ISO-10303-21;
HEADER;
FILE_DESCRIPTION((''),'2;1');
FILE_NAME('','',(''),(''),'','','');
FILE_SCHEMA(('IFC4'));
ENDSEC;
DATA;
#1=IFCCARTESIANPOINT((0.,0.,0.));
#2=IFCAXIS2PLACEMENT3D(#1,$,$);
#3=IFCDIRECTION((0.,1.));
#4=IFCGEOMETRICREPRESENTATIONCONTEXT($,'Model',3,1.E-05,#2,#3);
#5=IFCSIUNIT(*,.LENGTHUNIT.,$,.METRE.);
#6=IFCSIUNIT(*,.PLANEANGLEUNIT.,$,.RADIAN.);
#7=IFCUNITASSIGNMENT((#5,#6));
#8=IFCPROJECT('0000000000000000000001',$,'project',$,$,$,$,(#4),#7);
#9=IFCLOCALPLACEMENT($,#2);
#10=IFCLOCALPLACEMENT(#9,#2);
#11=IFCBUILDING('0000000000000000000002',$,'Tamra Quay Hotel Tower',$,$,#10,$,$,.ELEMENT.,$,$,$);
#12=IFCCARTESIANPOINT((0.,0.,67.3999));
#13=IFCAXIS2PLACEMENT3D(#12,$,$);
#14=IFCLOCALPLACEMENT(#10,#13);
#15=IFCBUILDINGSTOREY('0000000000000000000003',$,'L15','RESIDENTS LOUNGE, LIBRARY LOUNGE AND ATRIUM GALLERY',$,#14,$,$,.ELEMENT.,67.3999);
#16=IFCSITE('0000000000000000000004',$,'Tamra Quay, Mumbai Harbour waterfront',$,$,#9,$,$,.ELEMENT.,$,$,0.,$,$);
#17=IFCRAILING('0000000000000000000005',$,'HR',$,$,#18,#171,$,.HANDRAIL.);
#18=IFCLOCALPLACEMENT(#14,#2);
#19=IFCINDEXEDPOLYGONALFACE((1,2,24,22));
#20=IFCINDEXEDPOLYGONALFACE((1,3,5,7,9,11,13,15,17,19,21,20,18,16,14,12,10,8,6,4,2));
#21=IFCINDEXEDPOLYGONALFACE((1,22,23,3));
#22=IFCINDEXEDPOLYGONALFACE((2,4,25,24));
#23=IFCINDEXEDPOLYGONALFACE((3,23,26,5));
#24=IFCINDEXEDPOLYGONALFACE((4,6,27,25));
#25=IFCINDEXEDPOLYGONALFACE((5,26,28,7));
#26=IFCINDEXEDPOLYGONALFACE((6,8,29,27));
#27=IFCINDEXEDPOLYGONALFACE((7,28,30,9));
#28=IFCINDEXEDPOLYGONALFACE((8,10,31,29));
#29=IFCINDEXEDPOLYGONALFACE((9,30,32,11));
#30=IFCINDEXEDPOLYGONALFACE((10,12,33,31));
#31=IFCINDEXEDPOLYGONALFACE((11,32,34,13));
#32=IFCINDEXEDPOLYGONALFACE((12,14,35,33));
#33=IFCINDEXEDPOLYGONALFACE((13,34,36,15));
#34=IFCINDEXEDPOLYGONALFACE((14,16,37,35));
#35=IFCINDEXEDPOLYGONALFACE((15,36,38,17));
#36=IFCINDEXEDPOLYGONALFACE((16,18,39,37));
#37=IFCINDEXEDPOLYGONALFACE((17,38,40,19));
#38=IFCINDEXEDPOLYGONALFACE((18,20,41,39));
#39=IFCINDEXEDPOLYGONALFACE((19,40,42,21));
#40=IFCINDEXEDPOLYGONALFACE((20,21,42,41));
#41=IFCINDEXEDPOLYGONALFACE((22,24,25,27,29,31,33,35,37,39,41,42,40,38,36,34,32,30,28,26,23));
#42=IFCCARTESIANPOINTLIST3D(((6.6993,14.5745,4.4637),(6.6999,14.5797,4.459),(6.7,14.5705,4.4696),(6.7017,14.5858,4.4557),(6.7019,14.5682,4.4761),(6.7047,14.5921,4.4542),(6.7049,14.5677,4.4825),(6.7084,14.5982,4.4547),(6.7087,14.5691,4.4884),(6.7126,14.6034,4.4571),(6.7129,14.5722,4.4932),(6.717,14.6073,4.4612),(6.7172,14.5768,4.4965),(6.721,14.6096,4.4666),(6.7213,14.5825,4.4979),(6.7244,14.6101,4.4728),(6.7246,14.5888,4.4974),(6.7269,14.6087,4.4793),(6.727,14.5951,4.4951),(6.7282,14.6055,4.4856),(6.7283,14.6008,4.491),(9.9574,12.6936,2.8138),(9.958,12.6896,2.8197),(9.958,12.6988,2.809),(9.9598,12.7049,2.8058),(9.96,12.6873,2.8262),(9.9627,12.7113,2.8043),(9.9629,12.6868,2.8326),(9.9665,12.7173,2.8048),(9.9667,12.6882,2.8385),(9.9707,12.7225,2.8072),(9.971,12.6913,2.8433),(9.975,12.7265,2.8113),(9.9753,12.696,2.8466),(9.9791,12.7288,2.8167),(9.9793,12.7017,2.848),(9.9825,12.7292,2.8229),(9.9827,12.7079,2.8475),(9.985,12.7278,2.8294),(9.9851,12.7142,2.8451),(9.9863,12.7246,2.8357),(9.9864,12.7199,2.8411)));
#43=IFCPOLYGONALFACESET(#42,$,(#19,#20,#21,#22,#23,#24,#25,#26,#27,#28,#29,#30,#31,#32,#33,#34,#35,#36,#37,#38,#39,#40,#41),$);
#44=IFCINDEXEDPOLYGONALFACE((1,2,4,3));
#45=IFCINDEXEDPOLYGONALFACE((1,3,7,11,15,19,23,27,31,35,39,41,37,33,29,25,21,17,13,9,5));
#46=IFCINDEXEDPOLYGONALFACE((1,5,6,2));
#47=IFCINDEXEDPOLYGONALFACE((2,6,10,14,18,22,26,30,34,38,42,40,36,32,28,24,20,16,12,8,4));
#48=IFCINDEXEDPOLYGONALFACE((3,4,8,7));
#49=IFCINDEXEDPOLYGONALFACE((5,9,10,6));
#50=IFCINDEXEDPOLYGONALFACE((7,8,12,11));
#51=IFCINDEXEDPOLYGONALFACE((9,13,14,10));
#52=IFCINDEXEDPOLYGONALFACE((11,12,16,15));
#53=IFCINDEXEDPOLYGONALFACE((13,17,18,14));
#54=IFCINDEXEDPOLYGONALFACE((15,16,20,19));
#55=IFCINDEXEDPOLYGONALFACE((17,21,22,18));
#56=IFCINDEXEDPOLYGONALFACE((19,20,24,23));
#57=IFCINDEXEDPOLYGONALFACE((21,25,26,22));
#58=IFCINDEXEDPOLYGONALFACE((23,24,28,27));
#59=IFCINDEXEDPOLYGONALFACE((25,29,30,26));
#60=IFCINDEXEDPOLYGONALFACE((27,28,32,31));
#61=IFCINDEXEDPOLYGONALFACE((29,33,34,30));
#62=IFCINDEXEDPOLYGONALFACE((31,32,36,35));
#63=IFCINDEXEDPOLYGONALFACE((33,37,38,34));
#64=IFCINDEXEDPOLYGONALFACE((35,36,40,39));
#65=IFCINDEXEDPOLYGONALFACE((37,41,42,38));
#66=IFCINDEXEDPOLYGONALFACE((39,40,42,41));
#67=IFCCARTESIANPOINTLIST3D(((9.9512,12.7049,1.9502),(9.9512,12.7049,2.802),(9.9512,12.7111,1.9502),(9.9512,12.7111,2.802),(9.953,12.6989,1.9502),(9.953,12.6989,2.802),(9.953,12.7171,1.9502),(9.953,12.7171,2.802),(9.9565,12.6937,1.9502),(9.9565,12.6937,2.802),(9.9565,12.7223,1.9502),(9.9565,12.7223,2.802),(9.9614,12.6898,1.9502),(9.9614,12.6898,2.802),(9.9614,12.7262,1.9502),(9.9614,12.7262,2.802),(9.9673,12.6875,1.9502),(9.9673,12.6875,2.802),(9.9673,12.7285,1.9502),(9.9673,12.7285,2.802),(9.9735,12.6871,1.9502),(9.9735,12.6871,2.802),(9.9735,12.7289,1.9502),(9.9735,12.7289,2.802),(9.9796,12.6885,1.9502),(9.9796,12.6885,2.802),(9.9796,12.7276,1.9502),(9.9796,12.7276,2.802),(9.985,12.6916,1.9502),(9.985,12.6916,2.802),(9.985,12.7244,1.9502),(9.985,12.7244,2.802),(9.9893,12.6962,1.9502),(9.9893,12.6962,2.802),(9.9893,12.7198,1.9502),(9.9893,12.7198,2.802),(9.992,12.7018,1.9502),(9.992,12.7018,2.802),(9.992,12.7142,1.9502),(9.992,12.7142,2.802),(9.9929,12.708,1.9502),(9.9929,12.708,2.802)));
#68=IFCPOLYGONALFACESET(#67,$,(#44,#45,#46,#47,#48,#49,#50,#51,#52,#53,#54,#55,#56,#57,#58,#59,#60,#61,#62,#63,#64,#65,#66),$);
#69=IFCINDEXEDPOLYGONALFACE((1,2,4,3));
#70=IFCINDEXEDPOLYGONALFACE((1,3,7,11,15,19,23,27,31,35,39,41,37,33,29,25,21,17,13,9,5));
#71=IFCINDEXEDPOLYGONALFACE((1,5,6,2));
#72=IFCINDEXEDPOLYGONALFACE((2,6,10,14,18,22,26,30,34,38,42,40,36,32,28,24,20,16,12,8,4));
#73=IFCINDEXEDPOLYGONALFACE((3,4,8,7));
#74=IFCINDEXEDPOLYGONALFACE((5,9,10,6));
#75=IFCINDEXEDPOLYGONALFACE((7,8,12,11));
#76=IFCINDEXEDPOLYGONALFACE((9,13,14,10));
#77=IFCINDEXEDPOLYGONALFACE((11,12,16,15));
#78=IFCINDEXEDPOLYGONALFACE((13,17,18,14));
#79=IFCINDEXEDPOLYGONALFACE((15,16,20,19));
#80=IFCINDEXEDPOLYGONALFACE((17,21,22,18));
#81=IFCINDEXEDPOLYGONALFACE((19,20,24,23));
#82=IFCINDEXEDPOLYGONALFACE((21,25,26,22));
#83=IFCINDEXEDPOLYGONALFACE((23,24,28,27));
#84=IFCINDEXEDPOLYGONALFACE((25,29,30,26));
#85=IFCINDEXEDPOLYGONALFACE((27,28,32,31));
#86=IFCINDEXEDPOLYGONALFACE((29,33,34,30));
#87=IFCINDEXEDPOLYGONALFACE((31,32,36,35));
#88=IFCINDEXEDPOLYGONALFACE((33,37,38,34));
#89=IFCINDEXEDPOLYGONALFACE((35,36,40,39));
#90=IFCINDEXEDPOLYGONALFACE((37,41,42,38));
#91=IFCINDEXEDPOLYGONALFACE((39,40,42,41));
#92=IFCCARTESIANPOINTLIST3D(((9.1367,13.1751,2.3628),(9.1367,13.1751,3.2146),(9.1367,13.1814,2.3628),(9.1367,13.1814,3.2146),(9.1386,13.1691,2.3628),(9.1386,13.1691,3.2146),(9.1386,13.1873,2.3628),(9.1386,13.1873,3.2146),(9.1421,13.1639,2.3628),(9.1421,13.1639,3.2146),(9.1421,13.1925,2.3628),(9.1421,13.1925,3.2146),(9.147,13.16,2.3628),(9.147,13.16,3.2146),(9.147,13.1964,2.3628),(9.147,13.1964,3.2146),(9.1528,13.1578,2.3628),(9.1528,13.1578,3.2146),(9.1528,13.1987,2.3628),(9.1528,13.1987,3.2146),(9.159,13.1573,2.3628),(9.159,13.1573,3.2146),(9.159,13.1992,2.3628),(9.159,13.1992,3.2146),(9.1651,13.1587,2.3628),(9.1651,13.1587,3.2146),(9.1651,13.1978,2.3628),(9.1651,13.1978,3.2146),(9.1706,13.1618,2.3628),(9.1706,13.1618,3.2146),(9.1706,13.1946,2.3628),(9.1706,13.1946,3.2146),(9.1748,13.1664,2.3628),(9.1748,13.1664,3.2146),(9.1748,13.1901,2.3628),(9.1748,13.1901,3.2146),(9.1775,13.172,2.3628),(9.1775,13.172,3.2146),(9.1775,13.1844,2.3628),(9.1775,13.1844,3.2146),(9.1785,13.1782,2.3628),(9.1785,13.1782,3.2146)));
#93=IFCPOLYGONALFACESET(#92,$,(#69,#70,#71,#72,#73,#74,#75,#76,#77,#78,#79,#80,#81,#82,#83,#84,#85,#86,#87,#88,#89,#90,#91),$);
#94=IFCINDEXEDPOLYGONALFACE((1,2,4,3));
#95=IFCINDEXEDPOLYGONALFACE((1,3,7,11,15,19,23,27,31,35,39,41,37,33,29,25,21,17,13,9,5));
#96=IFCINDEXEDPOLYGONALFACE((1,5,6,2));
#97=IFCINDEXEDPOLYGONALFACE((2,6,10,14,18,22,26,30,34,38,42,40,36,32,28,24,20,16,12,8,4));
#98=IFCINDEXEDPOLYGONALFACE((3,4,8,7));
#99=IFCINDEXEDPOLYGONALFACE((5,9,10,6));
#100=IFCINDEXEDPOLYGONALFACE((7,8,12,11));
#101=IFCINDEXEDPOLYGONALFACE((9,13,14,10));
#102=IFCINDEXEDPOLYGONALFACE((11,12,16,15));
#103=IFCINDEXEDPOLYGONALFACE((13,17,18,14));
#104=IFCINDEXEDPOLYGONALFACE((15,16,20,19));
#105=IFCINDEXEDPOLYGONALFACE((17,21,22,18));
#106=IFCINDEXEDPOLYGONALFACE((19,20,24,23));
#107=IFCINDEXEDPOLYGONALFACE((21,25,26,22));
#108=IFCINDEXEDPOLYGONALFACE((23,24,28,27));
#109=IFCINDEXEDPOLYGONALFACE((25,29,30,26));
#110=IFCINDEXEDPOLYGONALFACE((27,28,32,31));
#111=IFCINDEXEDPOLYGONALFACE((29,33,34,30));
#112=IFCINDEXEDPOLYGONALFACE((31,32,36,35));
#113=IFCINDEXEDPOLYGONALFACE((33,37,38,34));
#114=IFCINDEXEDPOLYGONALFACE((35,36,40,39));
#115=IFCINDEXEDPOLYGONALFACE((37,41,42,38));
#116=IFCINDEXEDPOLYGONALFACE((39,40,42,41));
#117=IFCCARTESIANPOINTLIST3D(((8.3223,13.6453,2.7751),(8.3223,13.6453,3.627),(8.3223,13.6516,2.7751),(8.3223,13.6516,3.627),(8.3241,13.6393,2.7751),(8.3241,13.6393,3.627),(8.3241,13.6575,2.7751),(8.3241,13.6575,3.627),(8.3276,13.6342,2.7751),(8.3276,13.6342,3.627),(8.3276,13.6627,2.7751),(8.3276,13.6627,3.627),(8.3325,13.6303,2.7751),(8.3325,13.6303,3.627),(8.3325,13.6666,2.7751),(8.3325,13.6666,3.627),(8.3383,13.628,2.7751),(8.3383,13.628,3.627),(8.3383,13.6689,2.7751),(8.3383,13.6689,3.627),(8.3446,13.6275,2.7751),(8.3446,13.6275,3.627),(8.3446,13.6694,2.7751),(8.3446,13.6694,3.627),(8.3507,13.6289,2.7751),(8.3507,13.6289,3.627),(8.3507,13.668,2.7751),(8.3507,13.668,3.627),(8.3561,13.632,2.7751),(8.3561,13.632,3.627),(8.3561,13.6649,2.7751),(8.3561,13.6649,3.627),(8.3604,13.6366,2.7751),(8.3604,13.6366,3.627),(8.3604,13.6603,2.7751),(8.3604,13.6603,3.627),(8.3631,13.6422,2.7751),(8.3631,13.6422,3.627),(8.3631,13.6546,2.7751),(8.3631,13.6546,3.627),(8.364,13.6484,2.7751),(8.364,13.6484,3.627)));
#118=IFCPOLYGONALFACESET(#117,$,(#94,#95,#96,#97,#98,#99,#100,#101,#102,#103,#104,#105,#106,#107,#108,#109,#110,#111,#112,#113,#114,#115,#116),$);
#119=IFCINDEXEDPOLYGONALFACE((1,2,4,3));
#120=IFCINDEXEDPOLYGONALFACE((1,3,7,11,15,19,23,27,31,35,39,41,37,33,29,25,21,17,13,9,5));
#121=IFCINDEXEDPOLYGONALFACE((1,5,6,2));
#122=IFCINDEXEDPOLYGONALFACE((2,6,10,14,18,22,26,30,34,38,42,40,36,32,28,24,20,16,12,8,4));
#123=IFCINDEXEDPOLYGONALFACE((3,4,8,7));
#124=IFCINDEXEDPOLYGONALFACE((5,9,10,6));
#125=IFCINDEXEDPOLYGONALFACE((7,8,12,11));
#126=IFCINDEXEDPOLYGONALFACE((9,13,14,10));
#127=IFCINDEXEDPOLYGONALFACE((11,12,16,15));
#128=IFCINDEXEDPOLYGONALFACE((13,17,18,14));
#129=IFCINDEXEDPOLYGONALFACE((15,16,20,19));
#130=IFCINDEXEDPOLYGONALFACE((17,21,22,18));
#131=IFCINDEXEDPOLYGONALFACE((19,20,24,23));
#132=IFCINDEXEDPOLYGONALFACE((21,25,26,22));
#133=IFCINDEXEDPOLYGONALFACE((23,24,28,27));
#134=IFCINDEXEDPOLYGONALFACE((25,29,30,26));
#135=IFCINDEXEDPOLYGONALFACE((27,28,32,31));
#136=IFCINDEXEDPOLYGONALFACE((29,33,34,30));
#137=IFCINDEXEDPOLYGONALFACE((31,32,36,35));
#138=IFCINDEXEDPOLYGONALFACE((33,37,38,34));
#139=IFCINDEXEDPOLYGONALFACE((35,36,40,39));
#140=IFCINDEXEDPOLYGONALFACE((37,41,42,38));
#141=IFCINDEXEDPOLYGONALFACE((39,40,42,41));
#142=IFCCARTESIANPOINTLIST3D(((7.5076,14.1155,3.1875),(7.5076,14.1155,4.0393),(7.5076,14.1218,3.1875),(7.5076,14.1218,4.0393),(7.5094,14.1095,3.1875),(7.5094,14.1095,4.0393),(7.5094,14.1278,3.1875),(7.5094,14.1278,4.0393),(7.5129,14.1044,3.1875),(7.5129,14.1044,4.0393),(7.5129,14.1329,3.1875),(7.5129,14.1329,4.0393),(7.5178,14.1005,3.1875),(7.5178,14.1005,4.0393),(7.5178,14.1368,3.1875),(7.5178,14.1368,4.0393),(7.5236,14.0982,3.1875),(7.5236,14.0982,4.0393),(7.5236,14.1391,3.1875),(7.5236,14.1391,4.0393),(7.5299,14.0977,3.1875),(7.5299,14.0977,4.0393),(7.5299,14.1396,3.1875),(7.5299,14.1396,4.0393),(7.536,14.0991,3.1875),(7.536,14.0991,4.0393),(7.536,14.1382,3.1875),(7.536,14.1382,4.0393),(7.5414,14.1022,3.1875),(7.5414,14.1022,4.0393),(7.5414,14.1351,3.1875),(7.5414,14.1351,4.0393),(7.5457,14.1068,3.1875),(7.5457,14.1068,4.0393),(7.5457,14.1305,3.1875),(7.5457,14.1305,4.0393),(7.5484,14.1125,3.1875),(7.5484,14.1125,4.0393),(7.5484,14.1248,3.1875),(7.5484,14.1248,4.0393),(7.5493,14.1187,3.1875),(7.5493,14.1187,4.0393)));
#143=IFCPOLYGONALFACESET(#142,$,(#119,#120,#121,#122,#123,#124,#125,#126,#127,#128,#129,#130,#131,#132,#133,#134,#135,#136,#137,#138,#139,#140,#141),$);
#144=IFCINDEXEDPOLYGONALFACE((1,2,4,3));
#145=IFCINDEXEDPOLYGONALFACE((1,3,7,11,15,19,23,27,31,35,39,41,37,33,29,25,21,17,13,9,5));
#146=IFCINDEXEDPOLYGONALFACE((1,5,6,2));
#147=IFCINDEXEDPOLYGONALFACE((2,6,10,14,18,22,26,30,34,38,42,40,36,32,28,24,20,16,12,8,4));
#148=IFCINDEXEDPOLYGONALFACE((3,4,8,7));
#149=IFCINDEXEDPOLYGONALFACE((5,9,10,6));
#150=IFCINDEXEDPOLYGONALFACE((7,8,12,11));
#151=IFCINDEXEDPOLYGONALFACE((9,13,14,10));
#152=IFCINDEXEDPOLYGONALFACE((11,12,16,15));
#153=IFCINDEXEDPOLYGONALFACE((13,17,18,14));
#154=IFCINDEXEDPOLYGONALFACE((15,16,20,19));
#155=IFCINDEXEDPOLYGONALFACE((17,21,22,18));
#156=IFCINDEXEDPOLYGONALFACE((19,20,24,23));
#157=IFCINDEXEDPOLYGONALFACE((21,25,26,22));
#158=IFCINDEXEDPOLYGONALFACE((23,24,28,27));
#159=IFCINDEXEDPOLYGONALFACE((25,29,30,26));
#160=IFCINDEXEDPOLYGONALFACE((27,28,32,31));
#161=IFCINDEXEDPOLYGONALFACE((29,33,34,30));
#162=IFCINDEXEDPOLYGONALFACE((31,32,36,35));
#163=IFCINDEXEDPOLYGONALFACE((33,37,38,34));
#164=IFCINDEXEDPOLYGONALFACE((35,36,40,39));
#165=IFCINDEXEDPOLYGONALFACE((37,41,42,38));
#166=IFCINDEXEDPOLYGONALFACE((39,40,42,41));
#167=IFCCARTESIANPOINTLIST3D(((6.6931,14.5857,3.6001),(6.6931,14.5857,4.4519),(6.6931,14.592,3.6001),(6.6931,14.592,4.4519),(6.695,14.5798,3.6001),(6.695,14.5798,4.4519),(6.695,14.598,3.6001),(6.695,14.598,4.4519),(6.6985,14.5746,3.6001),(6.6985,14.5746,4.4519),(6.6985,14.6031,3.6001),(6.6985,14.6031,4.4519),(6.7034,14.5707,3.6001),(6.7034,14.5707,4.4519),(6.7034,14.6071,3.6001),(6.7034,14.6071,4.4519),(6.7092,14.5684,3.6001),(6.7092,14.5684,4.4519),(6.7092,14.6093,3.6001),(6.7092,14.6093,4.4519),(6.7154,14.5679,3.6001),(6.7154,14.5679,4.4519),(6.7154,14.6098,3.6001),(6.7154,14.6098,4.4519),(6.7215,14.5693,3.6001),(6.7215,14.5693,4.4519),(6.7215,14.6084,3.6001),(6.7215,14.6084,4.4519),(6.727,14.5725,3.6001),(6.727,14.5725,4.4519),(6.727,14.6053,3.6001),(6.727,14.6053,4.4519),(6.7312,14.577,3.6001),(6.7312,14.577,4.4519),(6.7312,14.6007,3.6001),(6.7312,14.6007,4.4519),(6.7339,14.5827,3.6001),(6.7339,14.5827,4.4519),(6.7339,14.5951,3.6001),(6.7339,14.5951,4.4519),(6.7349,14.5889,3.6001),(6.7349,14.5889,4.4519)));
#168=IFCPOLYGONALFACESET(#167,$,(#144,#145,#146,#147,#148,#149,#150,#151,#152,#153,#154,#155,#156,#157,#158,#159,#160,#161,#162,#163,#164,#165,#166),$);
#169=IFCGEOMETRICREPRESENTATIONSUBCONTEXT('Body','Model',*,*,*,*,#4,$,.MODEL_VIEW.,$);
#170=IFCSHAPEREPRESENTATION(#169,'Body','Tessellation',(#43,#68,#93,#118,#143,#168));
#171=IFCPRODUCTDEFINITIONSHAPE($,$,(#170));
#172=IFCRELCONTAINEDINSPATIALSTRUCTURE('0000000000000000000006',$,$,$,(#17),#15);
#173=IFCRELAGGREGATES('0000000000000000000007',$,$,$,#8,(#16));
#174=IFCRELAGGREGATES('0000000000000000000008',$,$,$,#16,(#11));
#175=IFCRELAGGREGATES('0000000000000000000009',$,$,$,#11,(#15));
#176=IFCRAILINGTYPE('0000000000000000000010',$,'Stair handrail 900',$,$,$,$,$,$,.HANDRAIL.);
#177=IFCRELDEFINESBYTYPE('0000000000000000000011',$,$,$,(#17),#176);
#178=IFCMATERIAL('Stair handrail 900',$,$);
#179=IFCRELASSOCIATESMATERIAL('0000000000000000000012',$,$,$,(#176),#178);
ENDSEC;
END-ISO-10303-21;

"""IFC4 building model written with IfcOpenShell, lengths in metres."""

from ifc_helpers import new_model, si_unit, direction, frame, origin, origin_2d, place, context, subcontext, project, spatial, circle, extrude, material, type_object, element, save


model = new_model("IFC4")

# Units and contexts
model_context = context("Model", 3, precision=1e-05, world=origin(), true_north=direction((0.0, 1.0)))
body_context = subcontext(model_context, "Body", "Model", "MODEL_VIEW")
ifc_project = project(units=[si_unit("LENGTHUNIT", "METRE"), si_unit("PLANEANGLEUNIT", "RADIAN")], contexts=[model_context])

# Site, building, storey
site_placement = place(None, origin())
site = spatial("IfcSite", under=ifc_project, at=site_placement, Name="Tamra Quay, Mumbai Harbour waterfront", CompositionType="ELEMENT", RefElevation=0.0)
building_placement = place(site_placement, origin())
building = spatial("IfcBuilding", under=site, at=building_placement, Name="Tamra Quay Hotel Tower", CompositionType="ELEMENT")
storey_placement = place(building_placement, frame((0.0, 0.0, 67.3999)))
storey = spatial("IfcBuildingStorey", under=building, at=storey_placement, Name="L15", Description="RESIDENTS LOUNGE, LIBRARY LOUNGE AND ATRIUM GALLERY", CompositionType="ELEMENT", Elevation=67.3999)

# Railing
ifc_material_1 = material(Name="Stair handrail 900")
railing_type_1 = type_object("IfcRailingType", Name="Stair handrail 900", PredefinedType="HANDRAIL", material=ifc_material_1)
railing_1_placement = place(storey_placement, frame((9.9719, 12.708, 1.9502)))
element("IfcRailing", 1, at=railing_1_placement, inside=storey, type_object=railing_type_1, Name="HR", PredefinedType="HANDRAIL", context=body_context, shape_type="SweptSolid", body=[
    extrude(circle(Radius=0.0239, at=origin_2d()), frame((0.0, 0.0, 0.876), z_axis=(-0.793122, 0.457865, 0.401642), x_axis=(-0.499964, -0.866046, 0.0)), (0.0, 0.0, 1.0), 4.1079),
    extrude(circle(Radius=0.021, at=origin_2d()), origin(), (0.0, 0.0, 1.0), 0.8518),
    extrude(circle(Radius=0.021, at=origin_2d()), frame((-0.8145, 0.4702, 0.4126)), (0.0, 0.0, 1.0), 0.8518),
    extrude(circle(Radius=0.021, at=origin_2d()), frame((-1.6289, 0.9404, 0.825)), (0.0, 0.0, 1.0), 0.8518),
    extrude(circle(Radius=0.021, at=origin_2d()), frame((-2.4436, 1.4106, 1.2373)), (0.0, 0.0, 1.0), 0.8518),
    extrude(circle(Radius=0.021, at=origin_2d()), frame((-3.2581, 1.8809, 1.6499)), (0.0, 0.0, 1.0), 0.8518),
])

save(model, "model.ifc")
